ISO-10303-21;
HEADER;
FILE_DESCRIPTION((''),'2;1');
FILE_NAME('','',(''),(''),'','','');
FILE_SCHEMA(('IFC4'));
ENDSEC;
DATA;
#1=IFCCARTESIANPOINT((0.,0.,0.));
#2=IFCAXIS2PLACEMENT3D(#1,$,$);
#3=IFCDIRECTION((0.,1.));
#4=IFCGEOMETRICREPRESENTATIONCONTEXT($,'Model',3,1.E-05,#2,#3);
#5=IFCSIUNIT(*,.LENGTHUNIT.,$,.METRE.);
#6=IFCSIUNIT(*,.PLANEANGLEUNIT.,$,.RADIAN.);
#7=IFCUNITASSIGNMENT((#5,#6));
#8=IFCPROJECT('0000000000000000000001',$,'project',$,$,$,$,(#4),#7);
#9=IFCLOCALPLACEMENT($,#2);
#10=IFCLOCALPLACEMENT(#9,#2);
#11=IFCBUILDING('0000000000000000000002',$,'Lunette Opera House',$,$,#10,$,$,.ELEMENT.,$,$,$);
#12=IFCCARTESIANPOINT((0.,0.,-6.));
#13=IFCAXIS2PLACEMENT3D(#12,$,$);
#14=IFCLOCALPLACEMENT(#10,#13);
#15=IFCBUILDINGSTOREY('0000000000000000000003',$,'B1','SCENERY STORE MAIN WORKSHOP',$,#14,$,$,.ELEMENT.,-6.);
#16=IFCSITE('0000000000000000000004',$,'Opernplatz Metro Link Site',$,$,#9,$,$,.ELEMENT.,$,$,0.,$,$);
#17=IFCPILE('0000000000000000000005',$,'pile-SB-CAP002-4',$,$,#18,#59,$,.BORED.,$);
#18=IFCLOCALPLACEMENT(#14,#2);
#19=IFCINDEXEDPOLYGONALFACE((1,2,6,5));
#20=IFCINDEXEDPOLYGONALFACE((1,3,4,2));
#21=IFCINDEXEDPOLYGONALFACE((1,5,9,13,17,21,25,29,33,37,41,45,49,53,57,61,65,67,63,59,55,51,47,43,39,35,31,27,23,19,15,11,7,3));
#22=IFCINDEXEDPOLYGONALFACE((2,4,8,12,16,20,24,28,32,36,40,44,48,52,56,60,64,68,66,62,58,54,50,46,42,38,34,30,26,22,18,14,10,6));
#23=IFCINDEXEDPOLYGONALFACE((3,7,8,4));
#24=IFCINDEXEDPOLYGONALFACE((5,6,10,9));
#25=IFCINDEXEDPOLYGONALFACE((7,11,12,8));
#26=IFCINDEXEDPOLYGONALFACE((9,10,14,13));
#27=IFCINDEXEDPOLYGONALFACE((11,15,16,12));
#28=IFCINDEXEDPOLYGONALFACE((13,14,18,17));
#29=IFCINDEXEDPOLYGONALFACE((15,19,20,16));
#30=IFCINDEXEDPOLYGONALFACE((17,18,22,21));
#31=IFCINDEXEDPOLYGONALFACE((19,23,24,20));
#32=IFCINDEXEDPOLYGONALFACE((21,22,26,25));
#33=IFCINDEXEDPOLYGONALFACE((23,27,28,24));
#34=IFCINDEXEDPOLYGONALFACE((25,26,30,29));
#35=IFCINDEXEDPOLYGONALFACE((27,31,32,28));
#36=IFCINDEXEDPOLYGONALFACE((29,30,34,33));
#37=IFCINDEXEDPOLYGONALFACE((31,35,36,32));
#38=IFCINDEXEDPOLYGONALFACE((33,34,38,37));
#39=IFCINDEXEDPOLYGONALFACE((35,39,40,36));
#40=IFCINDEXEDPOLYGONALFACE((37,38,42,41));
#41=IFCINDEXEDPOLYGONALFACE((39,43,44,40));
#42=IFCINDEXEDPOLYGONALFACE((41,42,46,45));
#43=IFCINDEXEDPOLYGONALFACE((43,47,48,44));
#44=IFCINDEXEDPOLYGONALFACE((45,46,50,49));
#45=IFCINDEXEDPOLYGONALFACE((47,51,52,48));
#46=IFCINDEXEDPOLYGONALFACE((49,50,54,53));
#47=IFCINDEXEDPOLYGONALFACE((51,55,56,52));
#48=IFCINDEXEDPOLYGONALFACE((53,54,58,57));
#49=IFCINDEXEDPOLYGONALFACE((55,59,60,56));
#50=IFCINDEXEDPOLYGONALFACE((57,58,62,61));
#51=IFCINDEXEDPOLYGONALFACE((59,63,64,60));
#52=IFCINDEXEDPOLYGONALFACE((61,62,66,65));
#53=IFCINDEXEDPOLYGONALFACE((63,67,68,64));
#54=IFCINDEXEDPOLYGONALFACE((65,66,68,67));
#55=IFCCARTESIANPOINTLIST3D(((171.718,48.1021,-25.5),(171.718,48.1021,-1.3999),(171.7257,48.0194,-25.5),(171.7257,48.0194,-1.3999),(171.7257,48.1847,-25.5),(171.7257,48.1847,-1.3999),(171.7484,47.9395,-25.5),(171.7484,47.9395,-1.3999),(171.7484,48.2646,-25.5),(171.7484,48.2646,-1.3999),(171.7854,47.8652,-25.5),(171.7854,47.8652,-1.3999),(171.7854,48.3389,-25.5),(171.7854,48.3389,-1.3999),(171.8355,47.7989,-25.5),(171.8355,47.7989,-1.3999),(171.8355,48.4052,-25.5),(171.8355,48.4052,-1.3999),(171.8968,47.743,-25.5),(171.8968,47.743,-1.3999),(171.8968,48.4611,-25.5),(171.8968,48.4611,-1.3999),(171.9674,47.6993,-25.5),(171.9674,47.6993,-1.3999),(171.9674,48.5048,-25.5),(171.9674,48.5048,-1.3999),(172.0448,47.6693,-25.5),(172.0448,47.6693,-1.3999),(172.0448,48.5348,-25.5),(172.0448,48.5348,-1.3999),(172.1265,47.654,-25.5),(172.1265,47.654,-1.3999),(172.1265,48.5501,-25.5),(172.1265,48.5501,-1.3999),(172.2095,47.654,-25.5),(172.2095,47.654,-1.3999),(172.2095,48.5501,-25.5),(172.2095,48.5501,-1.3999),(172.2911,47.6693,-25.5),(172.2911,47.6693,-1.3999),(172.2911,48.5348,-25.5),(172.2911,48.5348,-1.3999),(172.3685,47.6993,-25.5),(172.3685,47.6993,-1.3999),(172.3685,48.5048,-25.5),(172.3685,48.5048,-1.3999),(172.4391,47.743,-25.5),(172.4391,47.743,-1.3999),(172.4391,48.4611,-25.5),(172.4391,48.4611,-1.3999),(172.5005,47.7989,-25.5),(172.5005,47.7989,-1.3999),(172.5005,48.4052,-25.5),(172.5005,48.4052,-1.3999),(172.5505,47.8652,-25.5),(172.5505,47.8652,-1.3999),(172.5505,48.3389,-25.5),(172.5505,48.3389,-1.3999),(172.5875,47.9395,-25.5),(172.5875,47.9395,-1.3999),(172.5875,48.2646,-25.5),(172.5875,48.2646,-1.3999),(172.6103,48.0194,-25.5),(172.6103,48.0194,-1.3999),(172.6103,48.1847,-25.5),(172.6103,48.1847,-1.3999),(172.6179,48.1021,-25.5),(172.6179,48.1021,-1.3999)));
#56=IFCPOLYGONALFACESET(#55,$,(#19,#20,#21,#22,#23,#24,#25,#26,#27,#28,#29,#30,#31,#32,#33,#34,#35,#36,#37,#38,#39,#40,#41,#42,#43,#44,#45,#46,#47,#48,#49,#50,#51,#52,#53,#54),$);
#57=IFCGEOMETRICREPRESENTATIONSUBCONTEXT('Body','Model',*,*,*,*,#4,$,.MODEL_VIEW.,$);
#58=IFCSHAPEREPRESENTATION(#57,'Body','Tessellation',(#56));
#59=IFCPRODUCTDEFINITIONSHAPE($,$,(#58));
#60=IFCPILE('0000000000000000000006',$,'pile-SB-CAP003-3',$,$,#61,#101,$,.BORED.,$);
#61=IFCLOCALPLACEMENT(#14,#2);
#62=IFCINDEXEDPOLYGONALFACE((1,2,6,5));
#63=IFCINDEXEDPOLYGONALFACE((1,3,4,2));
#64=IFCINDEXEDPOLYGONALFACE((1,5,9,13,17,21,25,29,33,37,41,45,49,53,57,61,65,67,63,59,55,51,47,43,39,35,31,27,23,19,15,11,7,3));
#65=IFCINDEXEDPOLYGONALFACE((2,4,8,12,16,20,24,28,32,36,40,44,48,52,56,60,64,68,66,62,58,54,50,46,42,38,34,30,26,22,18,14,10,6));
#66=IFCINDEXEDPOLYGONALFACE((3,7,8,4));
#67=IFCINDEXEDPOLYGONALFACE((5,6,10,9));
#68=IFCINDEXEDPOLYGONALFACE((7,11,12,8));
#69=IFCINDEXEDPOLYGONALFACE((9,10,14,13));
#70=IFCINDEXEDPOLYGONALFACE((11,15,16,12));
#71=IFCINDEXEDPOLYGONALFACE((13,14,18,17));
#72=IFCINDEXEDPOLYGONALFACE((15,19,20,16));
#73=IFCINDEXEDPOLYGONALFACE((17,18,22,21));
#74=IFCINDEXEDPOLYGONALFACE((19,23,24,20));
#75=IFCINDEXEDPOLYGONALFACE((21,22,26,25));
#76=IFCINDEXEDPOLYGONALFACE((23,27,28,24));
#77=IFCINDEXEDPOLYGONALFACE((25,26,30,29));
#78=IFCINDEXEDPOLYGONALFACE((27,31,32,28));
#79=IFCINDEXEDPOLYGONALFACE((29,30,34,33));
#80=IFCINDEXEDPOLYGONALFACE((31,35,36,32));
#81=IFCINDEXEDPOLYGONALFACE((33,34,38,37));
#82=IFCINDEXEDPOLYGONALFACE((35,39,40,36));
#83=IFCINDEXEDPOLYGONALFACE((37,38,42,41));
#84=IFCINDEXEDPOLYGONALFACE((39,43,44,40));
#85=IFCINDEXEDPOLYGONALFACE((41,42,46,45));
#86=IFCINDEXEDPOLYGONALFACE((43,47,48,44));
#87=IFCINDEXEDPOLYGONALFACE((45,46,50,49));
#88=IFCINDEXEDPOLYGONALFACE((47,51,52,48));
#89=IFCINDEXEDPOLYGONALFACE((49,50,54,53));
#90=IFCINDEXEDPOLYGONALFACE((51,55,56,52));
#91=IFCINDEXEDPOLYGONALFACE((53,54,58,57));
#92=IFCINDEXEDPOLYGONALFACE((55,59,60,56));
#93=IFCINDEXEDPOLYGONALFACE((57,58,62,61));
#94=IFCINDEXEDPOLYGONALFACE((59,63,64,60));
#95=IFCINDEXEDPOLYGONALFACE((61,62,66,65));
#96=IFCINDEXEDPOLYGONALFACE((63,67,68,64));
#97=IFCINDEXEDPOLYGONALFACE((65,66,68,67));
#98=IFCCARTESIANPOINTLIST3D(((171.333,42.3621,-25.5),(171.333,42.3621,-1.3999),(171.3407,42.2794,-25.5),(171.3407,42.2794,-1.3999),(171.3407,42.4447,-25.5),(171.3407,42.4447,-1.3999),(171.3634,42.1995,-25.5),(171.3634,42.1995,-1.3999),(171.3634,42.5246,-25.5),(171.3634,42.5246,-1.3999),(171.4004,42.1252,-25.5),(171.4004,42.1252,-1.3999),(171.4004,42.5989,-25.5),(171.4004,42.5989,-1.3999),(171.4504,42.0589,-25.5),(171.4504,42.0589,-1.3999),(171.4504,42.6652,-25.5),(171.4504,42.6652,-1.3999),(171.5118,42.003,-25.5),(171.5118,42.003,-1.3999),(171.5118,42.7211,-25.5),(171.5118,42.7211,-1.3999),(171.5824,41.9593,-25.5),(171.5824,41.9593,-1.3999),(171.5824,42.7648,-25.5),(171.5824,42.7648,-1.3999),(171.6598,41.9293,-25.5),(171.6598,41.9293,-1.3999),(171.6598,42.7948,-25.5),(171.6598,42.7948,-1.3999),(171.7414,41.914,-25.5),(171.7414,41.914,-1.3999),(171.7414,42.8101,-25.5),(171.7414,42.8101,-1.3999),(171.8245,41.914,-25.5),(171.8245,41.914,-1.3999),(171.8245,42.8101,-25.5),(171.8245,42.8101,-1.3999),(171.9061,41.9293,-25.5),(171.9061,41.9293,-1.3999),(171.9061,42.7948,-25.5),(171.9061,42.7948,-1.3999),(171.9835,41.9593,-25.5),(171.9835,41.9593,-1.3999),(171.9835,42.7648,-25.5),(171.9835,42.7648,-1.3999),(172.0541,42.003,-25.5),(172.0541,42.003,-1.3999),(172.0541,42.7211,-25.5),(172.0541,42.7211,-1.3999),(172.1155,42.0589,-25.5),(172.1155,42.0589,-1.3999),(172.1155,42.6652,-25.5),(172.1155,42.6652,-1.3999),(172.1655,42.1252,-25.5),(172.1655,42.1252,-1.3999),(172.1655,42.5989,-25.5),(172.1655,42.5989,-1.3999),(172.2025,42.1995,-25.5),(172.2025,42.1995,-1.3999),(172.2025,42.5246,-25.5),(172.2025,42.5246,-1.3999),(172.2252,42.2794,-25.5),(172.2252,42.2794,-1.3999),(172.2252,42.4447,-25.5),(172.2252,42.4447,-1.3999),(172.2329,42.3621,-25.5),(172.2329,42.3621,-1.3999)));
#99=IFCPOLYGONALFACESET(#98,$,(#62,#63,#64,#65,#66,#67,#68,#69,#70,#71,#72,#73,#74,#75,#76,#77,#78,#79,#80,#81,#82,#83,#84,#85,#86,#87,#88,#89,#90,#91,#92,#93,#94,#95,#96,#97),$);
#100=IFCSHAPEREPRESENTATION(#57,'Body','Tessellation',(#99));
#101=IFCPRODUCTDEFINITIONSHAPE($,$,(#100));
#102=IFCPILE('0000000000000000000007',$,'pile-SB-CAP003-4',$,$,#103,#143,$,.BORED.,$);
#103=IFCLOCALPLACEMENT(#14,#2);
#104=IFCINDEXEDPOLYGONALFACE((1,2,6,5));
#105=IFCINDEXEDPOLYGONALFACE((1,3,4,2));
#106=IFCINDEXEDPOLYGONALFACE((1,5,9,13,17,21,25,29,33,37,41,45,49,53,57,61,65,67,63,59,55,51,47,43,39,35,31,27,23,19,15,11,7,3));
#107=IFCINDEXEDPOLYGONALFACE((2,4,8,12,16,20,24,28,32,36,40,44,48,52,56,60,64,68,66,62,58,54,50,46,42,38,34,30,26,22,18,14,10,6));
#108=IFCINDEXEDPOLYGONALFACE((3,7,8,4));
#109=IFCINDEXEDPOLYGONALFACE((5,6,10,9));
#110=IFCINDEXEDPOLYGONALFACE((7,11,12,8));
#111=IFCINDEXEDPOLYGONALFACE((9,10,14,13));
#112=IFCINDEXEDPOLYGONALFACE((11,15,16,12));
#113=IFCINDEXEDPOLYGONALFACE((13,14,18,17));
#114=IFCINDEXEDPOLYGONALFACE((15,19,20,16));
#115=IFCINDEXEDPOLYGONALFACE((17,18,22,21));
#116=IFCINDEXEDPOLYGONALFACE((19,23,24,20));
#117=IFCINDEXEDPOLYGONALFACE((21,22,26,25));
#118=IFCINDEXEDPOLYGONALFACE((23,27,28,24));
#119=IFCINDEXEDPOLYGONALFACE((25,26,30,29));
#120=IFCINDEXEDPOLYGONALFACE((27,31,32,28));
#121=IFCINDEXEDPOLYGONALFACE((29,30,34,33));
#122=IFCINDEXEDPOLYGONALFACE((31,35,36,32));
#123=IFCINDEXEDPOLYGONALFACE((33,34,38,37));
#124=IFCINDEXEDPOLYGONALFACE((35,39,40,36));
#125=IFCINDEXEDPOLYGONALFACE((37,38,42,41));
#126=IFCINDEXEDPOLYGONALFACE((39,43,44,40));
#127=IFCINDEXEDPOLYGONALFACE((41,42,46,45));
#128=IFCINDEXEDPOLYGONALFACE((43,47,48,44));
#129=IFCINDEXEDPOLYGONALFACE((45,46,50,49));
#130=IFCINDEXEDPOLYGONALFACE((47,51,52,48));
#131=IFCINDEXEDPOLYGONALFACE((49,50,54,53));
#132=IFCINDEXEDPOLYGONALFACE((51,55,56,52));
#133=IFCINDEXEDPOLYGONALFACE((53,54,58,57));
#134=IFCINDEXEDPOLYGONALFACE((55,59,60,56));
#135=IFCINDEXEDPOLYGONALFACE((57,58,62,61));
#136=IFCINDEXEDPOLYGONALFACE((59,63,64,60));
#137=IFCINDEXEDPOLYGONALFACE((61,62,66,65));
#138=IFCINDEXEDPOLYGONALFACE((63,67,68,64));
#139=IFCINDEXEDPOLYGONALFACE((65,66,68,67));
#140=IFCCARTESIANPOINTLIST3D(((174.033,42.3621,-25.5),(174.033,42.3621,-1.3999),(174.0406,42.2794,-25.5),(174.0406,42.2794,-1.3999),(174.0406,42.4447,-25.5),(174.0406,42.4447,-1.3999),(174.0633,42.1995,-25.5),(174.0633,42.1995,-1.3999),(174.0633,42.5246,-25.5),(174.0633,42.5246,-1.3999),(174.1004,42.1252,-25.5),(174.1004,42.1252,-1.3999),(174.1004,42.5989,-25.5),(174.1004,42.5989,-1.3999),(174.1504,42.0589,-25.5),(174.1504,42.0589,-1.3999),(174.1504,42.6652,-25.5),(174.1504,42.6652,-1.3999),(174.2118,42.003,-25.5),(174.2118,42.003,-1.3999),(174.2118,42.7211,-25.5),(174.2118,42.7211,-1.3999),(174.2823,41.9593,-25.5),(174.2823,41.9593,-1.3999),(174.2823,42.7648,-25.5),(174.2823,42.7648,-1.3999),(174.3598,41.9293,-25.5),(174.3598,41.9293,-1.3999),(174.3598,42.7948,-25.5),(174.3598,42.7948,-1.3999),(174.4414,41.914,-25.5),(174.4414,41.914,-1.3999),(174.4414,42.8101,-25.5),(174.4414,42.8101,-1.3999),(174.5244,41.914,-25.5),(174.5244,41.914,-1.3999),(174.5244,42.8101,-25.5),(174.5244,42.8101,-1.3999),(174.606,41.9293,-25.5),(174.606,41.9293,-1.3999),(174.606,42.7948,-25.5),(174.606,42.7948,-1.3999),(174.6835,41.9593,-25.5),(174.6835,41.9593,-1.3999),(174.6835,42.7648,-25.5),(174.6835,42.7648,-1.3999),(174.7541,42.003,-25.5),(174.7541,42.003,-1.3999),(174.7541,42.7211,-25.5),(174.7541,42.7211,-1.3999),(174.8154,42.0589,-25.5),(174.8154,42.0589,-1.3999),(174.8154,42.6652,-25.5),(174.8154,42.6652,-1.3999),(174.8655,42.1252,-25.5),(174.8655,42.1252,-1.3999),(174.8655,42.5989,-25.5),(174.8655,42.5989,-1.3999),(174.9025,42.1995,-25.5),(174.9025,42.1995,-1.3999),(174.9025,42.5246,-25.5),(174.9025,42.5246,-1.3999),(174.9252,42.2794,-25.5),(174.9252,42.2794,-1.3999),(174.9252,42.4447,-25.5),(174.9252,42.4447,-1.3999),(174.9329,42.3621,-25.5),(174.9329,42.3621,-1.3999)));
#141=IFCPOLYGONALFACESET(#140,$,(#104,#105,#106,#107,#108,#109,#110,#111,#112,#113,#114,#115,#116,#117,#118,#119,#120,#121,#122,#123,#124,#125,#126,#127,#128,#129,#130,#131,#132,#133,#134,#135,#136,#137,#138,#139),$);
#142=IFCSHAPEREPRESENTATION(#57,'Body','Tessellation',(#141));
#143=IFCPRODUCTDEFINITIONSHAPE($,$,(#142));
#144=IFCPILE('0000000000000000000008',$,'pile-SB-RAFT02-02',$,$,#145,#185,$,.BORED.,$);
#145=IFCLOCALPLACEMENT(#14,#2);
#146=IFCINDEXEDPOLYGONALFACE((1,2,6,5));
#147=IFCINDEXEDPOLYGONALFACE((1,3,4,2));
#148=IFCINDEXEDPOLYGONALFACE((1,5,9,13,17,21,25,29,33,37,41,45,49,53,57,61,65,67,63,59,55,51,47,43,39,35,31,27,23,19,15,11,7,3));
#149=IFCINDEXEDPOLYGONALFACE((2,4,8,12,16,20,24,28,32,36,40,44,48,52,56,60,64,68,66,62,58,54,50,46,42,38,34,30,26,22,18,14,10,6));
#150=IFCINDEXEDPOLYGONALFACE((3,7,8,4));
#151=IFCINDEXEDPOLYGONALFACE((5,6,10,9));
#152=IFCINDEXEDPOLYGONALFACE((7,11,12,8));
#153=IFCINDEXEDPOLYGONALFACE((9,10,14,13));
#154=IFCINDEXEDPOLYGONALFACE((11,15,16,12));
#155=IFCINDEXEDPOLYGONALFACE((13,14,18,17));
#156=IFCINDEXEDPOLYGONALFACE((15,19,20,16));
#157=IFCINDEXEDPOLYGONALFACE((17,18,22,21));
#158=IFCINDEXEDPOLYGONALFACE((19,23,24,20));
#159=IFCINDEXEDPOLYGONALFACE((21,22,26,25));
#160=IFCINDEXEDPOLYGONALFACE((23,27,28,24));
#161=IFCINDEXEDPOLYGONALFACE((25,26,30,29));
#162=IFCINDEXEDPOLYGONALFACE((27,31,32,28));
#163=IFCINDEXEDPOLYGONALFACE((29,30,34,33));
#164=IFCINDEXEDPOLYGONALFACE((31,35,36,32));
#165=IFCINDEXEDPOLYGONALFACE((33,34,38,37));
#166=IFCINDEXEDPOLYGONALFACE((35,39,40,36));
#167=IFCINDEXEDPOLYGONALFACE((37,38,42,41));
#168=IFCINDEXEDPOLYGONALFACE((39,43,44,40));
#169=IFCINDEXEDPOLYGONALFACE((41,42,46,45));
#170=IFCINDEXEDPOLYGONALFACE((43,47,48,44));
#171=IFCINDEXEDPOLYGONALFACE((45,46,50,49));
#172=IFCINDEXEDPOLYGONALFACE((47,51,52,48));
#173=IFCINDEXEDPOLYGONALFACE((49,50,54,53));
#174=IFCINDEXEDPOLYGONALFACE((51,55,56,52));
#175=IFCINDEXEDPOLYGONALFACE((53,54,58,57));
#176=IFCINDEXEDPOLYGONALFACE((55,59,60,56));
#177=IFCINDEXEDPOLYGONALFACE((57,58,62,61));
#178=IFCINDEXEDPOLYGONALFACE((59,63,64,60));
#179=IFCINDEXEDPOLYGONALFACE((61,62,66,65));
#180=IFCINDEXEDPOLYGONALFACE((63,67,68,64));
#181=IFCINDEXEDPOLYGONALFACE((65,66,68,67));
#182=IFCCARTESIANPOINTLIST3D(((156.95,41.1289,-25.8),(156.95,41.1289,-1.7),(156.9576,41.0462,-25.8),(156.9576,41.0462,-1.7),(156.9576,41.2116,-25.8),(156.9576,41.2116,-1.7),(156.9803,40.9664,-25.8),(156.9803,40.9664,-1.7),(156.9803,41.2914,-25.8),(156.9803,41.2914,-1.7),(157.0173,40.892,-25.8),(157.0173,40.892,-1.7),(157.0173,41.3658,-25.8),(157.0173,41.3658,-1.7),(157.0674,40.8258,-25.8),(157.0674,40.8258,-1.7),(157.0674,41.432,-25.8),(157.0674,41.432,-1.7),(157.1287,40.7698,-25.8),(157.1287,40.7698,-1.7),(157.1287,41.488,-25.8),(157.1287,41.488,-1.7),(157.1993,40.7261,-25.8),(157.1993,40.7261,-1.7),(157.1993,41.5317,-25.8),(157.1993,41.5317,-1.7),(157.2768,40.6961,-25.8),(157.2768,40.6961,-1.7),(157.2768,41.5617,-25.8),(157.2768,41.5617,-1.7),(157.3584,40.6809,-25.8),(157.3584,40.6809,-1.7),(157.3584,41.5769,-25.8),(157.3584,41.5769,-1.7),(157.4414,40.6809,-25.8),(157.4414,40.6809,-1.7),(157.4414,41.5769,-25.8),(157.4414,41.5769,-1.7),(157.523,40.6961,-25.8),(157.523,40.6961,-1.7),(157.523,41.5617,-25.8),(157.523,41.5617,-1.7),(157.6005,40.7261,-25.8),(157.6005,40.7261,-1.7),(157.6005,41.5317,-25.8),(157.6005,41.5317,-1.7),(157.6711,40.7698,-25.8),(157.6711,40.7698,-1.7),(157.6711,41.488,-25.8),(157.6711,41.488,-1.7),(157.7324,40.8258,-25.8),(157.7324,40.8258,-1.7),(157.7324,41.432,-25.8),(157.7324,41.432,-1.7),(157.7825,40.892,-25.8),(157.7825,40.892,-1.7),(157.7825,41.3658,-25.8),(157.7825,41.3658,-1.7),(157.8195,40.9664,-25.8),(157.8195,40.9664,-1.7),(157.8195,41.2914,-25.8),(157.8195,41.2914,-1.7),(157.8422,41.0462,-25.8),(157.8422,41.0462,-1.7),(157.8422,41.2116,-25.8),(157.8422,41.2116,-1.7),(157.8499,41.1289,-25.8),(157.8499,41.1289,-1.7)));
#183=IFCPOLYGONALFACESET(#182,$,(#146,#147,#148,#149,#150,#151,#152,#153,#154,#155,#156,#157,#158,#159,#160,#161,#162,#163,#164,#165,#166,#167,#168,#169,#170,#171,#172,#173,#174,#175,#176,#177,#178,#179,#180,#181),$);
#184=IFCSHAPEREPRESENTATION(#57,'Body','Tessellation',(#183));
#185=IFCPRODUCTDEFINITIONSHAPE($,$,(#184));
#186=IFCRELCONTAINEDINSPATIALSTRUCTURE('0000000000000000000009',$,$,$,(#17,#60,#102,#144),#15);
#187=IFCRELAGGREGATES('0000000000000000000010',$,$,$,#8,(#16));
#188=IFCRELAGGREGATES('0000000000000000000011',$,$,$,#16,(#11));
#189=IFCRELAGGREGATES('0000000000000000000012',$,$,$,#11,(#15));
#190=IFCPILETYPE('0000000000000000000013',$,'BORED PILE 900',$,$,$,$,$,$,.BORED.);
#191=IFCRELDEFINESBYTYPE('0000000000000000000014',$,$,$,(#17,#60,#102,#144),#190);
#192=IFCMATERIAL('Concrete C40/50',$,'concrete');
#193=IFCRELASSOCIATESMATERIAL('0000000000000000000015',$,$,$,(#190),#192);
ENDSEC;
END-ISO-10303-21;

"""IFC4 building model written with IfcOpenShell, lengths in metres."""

from ifc_helpers import new_model, si_unit, direction, frame, origin, origin_2d, place, context, subcontext, project, spatial, circle, extrude, material, material_profile, profile_set, type_object, element, save


model = new_model("IFC4")

# Units and contexts
model_context = context("Model", 3, precision=1e-05, world=origin(), true_north=direction((0.0, 1.0)))
body_context = subcontext(model_context, "Body", "Model", "MODEL_VIEW")
ifc_project = project(units=[si_unit("LENGTHUNIT", "METRE"), si_unit("PLANEANGLEUNIT", "RADIAN")], contexts=[model_context])

# Site, building, storey
site_placement = place(None, origin())
site = spatial("IfcSite", under=ifc_project, at=site_placement, Name="Opernplatz Metro Link Site", CompositionType="ELEMENT", RefElevation=0.0)
building_placement = place(site_placement, origin())
building = spatial("IfcBuilding", under=site, at=building_placement, Name="Lunette Opera House", CompositionType="ELEMENT")
storey_placement = place(building_placement, frame((0.0, 0.0, -6.0)))
storey = spatial("IfcBuildingStorey", under=building, at=storey_placement, Name="B1", Description="SCENERY STORE MAIN WORKSHOP", CompositionType="ELEMENT", Elevation=-6.0)

# Piles
ifc_material_1 = material(Name="Concrete C40/50", Category="concrete")
ifc_material_profile_1 = material_profile(ifc_material_1, circle(Radius=0.45, at=origin_2d()), Name="BORED PILE 900")
ifc_profile_set_1 = profile_set([ifc_material_profile_1], Name="Concrete C40/50")
pile_type = type_object("IfcPileType", Name="BORED PILE 900", PredefinedType="BORED", material=ifc_profile_set_1)
for number, where, z_axis, x_axis, name in (
    (1, (172.168, 48.1021, -1.3999), (0.0, 0.0, -1.0), (1.0, 0.0, 0.0), "pile-SB-CAP002-4"),
    (2, (171.783, 42.3621, -1.3999), (0.0, 0.0, -1.0), (1.0, 0.0, 0.0), "pile-SB-CAP003-3"),
    (3, (174.4829, 42.3621, -1.3999), (0.0, 0.0, -1.0), (1.0, 0.0, 0.0), "pile-SB-CAP003-4"),
    (4, (157.3999, 41.1289, -1.7), (0.0, 0.0, -1.0), (1.0, 0.0, 0.0), "pile-SB-RAFT02-02"),
):
    element("IfcPile", number, at=place(storey_placement, frame(where, z_axis=z_axis, x_axis=x_axis)), inside=storey, type_object=pile_type, Name=name, PredefinedType="BORED", context=body_context, shape_type="SweptSolid", body=[
        extrude(circle(Radius=0.45, at=origin_2d()), origin(), (0.0, 0.0, 1.0), 24.1001),
    ])

save(model, "model.ifc")
